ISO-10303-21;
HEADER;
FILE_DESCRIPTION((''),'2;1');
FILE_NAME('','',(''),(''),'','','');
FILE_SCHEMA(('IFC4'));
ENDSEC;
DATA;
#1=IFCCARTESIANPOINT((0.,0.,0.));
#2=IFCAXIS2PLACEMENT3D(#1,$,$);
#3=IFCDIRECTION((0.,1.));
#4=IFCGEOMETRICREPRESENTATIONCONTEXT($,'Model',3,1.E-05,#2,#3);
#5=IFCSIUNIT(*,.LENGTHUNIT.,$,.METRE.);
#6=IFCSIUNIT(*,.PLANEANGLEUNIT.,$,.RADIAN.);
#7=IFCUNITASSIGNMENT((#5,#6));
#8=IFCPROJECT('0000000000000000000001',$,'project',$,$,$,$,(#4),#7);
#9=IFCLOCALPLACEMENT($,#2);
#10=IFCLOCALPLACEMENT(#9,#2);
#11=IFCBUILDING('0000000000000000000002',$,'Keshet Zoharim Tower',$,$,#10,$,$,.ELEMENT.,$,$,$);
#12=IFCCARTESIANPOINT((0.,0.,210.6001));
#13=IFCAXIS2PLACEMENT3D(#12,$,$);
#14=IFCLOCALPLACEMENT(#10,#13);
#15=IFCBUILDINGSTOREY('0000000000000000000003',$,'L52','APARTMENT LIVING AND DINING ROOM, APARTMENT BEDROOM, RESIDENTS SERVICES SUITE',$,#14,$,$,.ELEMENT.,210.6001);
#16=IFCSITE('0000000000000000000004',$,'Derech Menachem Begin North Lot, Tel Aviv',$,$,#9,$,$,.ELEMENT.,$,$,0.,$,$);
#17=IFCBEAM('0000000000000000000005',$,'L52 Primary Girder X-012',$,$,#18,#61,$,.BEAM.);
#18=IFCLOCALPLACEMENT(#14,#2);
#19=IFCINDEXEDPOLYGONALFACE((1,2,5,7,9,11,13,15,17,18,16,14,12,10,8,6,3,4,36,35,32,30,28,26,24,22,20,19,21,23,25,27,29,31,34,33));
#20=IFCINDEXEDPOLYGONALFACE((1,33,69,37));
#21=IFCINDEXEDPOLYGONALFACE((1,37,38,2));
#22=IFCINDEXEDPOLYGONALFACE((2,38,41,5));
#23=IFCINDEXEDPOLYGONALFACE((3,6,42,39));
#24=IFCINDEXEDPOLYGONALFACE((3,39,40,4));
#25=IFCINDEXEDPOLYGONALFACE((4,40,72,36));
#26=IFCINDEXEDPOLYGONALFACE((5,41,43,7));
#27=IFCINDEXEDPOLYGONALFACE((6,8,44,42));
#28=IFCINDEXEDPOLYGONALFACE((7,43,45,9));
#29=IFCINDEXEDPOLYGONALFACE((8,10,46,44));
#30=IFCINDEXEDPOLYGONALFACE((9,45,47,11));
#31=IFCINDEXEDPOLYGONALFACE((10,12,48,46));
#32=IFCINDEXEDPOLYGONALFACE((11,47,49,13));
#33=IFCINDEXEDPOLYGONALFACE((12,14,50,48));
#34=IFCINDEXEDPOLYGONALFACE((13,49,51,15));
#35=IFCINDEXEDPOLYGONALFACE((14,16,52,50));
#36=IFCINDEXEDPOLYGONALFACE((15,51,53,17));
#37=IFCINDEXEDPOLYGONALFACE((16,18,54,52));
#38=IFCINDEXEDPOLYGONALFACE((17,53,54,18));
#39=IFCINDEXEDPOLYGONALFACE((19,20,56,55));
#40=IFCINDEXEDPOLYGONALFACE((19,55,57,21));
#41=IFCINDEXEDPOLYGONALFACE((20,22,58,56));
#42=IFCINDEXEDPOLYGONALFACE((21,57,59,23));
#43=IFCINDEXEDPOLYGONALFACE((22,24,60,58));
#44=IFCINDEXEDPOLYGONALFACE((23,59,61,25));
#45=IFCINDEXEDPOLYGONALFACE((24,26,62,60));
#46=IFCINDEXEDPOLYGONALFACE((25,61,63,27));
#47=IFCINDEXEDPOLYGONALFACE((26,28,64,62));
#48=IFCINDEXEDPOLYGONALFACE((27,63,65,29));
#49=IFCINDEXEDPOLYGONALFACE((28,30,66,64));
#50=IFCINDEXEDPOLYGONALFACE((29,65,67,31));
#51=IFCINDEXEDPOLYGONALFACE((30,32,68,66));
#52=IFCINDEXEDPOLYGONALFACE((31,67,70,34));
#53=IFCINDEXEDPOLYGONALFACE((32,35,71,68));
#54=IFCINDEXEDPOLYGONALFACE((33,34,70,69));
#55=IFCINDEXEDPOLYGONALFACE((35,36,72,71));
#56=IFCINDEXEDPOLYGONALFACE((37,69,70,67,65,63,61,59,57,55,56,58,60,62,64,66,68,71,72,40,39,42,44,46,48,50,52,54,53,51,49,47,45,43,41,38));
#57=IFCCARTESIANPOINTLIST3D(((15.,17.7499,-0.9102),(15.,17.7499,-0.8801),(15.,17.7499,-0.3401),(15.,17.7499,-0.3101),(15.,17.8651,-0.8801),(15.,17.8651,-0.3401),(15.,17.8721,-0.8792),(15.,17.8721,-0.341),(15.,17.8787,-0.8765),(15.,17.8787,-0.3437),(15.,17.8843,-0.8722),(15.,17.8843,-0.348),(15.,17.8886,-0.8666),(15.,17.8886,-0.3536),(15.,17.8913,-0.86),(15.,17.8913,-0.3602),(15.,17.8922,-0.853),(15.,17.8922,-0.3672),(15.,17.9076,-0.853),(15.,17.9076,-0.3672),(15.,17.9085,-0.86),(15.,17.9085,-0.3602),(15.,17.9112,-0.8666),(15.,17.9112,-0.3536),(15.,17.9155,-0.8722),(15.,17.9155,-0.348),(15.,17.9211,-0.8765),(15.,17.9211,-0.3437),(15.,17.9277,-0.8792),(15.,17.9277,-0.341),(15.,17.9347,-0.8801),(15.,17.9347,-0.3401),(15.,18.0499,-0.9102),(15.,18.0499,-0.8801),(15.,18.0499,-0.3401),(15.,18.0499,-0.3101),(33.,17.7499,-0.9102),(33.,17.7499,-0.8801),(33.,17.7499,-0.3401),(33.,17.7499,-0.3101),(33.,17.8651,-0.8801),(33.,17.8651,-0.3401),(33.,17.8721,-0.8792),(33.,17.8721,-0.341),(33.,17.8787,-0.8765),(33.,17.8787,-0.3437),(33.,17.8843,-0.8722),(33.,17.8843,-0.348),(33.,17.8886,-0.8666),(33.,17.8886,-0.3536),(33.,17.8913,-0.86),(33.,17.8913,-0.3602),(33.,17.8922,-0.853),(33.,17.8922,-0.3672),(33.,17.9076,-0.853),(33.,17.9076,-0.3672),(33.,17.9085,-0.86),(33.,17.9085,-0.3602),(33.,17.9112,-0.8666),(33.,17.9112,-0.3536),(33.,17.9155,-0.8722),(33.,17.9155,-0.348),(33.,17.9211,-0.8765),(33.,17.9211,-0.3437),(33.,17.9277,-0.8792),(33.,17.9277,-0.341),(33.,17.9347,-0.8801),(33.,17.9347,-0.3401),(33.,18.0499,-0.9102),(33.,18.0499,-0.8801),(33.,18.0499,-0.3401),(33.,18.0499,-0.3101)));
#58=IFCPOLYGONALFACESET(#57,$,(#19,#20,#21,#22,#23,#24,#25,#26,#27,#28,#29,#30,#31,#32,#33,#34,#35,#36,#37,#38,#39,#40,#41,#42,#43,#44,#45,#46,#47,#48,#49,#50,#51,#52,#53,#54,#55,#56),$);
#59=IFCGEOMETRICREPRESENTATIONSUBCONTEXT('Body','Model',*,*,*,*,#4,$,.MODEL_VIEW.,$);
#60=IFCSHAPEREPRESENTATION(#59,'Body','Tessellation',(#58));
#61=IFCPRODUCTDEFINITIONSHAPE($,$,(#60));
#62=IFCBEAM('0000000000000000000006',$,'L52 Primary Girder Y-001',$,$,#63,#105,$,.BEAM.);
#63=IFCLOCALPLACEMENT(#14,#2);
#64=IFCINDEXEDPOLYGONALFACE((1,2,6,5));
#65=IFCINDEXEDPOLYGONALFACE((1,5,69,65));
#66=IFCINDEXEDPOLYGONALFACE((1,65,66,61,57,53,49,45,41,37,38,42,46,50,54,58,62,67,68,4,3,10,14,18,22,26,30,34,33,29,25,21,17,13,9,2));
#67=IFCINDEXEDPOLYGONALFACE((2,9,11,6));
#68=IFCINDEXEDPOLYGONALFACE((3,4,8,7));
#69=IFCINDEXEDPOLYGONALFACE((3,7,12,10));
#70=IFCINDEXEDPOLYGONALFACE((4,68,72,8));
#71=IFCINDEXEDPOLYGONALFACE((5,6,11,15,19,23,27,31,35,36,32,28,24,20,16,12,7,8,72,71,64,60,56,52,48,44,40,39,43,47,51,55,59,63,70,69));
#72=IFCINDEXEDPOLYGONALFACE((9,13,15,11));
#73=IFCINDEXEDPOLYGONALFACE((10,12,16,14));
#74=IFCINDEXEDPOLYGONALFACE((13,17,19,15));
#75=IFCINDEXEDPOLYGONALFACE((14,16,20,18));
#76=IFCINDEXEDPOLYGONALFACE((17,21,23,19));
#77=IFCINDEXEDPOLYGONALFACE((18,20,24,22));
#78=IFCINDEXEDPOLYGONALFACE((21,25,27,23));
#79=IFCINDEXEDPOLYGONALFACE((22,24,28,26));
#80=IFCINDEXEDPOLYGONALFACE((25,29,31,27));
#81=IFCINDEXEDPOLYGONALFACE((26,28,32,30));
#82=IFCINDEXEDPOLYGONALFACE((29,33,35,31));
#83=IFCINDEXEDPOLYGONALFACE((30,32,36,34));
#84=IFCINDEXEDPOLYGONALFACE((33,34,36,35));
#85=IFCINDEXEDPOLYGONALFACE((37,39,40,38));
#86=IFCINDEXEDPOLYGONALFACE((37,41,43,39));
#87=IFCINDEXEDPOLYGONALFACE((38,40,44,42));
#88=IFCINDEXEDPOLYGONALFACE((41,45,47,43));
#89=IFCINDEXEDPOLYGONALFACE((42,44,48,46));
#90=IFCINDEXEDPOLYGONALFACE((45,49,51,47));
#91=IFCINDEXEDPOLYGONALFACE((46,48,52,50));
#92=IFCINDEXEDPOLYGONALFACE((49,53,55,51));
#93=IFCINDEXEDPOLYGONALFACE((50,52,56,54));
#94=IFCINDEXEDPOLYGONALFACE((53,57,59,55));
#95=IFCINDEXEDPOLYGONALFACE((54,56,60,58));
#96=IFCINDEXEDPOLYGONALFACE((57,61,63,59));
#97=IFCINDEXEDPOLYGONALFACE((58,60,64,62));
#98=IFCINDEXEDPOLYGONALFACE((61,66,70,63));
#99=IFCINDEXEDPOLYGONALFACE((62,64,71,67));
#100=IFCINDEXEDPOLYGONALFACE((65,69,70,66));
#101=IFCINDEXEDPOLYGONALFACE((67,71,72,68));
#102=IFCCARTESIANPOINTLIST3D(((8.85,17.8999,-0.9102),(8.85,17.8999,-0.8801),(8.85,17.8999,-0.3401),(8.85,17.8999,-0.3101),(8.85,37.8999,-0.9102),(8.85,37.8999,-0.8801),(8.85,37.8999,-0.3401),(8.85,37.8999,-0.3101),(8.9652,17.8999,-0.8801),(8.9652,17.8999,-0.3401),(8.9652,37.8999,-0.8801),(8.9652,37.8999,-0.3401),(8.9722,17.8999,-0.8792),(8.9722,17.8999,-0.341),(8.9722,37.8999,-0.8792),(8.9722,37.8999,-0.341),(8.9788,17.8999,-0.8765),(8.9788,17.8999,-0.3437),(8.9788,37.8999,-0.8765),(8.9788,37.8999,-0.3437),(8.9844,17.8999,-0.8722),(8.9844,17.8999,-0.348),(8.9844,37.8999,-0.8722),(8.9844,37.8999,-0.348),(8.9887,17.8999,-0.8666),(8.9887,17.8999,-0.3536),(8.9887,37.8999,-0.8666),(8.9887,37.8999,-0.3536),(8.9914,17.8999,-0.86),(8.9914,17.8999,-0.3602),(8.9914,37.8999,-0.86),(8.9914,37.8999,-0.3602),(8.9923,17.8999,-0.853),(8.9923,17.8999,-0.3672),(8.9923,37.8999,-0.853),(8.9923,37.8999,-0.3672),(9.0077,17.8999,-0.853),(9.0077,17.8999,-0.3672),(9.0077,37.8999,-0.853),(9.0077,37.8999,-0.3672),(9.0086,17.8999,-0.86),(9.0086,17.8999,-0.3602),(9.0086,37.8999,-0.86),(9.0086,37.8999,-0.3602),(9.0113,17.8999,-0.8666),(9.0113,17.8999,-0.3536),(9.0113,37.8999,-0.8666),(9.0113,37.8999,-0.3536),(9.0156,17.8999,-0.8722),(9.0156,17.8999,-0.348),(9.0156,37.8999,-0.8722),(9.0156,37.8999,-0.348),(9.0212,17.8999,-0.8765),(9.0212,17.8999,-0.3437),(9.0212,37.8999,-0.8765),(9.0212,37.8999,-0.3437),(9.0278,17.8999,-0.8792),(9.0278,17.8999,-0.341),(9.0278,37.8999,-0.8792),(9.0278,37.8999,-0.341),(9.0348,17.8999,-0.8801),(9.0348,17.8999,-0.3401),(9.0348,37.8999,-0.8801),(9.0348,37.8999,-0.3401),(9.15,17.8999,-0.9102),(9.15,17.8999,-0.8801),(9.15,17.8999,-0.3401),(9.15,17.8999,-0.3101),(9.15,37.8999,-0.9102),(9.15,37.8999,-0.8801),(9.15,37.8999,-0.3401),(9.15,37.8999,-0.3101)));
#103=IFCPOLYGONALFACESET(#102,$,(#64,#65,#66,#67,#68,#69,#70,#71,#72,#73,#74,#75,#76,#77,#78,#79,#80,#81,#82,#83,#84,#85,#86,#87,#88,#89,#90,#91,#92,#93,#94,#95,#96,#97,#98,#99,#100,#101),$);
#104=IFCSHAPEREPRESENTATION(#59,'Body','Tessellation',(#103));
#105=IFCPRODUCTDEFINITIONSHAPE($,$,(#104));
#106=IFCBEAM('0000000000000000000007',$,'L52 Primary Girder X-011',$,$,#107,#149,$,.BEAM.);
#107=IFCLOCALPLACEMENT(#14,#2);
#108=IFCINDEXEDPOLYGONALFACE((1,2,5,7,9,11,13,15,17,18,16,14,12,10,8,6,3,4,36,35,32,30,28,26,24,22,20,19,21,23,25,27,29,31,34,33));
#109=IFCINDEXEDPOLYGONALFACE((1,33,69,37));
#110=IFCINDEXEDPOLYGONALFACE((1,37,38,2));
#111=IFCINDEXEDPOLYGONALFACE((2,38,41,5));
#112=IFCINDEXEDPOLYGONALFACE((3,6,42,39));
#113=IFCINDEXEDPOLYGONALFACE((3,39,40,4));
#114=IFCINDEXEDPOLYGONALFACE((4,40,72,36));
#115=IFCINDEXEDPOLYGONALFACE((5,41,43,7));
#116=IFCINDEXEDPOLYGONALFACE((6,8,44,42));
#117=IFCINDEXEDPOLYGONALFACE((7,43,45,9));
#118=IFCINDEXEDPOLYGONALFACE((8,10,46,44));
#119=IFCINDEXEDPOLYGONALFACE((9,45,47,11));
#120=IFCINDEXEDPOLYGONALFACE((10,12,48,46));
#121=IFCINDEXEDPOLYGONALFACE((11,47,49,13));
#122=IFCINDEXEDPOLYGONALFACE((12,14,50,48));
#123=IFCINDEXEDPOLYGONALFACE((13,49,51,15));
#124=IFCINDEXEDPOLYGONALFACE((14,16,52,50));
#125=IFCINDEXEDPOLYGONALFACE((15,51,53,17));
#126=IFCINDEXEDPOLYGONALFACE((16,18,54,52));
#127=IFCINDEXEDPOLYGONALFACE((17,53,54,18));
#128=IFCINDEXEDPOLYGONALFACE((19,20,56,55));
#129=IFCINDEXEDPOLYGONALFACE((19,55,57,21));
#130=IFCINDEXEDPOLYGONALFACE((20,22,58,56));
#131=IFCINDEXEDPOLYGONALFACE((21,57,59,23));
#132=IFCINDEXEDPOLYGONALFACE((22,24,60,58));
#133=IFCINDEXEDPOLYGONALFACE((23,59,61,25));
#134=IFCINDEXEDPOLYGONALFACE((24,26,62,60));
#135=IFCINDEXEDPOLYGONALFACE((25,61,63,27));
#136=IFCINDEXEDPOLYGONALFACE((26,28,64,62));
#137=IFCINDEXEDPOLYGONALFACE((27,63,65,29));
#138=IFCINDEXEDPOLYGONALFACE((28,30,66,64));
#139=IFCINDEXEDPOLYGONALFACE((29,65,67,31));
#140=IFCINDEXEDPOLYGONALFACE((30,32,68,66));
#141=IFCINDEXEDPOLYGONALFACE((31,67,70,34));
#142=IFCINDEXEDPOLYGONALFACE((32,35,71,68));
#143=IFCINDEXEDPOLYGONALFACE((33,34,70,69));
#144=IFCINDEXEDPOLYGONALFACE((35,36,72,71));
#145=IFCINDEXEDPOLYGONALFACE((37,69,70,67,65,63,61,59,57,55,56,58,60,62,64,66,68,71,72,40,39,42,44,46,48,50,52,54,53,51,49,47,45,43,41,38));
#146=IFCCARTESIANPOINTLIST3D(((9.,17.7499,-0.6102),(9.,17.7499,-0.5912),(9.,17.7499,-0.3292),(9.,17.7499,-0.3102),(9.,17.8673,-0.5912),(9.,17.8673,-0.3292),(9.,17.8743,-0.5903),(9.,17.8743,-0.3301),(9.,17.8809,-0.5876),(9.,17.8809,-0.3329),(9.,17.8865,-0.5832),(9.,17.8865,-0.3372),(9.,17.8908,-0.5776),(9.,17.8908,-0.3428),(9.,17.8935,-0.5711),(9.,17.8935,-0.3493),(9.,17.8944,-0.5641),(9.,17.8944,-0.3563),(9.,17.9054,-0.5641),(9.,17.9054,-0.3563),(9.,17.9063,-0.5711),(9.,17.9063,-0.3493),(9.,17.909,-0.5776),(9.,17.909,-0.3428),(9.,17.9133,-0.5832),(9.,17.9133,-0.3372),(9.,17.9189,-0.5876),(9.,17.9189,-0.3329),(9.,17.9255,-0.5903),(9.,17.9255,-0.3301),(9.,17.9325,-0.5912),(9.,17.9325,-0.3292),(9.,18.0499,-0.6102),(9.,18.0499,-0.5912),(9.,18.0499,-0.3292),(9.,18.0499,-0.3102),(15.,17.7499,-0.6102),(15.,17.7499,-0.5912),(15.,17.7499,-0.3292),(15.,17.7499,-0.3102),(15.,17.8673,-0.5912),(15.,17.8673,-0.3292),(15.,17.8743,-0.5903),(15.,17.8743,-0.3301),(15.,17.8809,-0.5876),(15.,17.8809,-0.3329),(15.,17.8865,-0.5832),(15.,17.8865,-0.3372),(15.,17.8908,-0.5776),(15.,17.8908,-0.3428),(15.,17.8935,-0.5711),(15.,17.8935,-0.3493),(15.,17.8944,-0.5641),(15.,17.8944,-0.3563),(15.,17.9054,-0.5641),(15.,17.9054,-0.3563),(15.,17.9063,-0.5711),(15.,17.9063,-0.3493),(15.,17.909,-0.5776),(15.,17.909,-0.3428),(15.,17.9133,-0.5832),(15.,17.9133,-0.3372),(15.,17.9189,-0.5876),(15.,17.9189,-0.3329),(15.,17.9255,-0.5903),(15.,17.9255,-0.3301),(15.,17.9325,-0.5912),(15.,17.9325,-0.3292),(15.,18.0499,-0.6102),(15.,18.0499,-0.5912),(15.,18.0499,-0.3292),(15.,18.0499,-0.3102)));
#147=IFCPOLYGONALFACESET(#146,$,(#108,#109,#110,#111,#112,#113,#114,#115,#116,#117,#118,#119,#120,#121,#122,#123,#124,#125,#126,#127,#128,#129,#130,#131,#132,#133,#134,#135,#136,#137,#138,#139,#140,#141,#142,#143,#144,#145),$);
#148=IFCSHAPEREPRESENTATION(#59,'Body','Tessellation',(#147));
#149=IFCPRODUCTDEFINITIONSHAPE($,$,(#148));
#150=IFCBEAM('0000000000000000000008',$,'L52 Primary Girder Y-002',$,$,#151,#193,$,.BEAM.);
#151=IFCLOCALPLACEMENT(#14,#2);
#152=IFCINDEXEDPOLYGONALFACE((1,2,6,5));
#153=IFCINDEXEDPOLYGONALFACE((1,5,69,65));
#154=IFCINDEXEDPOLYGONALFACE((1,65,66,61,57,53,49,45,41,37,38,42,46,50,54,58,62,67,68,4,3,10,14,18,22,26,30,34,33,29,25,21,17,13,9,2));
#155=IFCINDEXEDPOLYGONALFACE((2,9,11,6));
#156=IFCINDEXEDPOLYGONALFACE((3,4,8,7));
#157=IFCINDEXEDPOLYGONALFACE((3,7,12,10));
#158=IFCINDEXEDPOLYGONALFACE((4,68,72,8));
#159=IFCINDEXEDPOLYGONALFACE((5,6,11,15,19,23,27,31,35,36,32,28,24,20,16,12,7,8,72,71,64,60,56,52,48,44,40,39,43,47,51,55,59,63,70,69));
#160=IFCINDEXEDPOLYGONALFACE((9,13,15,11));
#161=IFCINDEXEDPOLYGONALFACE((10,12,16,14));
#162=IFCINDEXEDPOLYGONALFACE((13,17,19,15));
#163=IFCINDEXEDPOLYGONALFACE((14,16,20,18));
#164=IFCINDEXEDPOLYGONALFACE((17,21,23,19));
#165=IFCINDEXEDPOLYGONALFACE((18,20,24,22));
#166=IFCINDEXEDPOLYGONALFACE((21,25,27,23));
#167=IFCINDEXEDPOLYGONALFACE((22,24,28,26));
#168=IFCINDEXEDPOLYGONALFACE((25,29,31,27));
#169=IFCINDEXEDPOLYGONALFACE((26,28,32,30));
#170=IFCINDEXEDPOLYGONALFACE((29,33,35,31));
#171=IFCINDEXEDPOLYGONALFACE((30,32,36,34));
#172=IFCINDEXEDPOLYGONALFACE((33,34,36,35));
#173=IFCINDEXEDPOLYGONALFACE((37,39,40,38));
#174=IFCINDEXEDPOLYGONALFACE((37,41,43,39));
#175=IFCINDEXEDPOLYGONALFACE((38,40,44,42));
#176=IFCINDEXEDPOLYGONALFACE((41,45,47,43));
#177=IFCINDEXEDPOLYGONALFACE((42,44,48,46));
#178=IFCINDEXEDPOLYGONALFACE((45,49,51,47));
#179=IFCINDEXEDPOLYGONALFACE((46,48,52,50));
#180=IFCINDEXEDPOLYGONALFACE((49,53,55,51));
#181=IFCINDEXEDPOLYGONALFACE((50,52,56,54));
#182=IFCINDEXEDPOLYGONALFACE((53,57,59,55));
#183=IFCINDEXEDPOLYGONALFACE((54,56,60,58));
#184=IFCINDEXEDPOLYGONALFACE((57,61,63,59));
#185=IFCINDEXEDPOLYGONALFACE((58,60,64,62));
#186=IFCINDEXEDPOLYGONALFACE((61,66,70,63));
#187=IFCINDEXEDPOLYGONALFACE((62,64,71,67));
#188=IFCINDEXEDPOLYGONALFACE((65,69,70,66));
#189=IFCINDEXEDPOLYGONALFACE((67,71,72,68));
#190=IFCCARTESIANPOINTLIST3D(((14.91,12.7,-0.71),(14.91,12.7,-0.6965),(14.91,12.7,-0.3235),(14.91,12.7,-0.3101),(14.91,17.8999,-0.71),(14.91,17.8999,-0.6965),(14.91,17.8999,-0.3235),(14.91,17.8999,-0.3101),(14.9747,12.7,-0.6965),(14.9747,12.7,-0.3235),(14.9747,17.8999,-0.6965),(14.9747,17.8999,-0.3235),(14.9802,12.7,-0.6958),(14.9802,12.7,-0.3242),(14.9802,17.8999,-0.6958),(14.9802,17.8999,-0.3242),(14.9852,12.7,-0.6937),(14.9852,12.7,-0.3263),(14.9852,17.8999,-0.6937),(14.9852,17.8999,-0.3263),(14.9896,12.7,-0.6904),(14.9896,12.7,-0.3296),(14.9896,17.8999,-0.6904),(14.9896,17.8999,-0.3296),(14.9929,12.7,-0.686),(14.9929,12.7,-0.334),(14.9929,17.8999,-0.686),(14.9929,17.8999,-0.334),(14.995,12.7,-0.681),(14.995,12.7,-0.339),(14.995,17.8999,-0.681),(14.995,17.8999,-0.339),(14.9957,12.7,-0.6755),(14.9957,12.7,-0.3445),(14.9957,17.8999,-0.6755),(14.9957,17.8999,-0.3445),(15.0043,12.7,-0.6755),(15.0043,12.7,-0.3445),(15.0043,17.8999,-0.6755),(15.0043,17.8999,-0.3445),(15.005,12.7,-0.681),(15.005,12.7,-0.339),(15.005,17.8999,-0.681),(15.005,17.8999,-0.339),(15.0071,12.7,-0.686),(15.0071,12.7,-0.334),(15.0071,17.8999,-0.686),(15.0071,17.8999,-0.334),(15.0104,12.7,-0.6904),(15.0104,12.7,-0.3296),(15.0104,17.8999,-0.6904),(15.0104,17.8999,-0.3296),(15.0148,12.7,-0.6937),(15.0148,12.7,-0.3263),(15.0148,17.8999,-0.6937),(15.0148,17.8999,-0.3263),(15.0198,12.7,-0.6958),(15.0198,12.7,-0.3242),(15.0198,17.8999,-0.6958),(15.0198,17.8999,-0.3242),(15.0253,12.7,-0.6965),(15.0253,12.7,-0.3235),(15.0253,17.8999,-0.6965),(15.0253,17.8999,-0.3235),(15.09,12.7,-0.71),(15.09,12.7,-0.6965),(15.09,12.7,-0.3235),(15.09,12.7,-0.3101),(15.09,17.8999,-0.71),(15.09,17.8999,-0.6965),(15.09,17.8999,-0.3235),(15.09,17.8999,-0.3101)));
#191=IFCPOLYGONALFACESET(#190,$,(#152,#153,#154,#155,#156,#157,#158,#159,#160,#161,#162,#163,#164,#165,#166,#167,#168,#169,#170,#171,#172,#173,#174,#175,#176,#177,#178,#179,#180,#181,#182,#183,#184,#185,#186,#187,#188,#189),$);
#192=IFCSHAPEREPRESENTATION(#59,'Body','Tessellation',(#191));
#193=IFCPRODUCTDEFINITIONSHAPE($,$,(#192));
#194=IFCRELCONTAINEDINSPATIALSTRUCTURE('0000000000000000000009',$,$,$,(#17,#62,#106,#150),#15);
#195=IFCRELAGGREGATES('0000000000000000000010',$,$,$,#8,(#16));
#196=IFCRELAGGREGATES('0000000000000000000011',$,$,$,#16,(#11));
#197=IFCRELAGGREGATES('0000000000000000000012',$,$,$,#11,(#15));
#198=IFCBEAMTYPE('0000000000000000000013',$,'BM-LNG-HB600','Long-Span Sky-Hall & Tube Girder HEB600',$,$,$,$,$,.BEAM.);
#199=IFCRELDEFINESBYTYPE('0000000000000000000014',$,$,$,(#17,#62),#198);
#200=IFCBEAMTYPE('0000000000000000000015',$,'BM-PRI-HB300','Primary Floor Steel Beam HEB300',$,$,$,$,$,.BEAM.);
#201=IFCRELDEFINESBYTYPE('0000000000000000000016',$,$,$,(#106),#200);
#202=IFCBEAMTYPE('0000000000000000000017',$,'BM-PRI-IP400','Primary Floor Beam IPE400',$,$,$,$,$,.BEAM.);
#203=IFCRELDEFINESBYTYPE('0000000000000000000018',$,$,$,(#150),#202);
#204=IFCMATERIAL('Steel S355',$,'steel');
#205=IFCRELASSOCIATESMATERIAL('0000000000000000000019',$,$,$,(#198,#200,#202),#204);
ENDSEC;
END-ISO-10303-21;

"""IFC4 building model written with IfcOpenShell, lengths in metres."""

from ifc_helpers import new_model, si_unit, direction, frame, origin, origin_2d, place, context, subcontext, project, spatial, i_section, extrude, material, material_profile, profile_set, type_object, element, save


model = new_model("IFC4")

# Units and contexts
model_context = context("Model", 3, precision=1e-05, world=origin(), true_north=direction((0.0, 1.0)))
body_context = subcontext(model_context, "Body", "Model", "MODEL_VIEW")
ifc_project = project(units=[si_unit("LENGTHUNIT", "METRE"), si_unit("PLANEANGLEUNIT", "RADIAN")], contexts=[model_context])

# Site, building, storey
site_placement = place(None, origin())
site = spatial("IfcSite", under=ifc_project, at=site_placement, Name="Derech Menachem Begin North Lot, Tel Aviv", CompositionType="ELEMENT", RefElevation=0.0)
building_placement = place(site_placement, origin())
building = spatial("IfcBuilding", under=site, at=building_placement, Name="Keshet Zoharim Tower", CompositionType="ELEMENT")
storey_placement = place(building_placement, frame((0.0, 0.0, 210.6001)))
storey = spatial("IfcBuildingStorey", under=building, at=storey_placement, Name="L52", Description="APARTMENT LIVING AND DINING ROOM, APARTMENT BEDROOM, RESIDENTS SERVICES SUITE", CompositionType="ELEMENT", Elevation=210.6001)

# Shared definitions
ifc_material_1 = material(Name="Steel S355", Category="steel")

# Beams
ifc_material_profile_1 = material_profile(ifc_material_1, i_section(OverallWidth=0.3, OverallDepth=0.6001, WebThickness=0.0154, FlangeThickness=0.03, FilletRadius=0.0271, at=origin_2d()), Name="HEB600")
ifc_profile_set_1 = profile_set([ifc_material_profile_1], Name="Steel S355")
beam_type_1 = type_object("IfcBeamType", Name="BM-LNG-HB600", Description="Long-Span Sky-Hall & Tube Girder HEB600", PredefinedType="BEAM", material=ifc_profile_set_1)
for number, where, z_axis, x_axis, name in (
    (1, (15.0, 17.8999, -0.6101), (1.0, 0.0, 0.0), (0.0, 1.0, 0.0), "L52 Primary Girder X-012"),
):
    element("IfcBeam", number, at=place(storey_placement, frame(where, z_axis=z_axis, x_axis=x_axis)), inside=storey, type_object=beam_type_1, Name=name, PredefinedType="BEAM", context=body_context, shape_type="SweptSolid", body=[
        extrude(i_section(OverallWidth=0.3, OverallDepth=0.6001, WebThickness=0.0154, FlangeThickness=0.03, FilletRadius=0.0271, at=origin_2d()), origin(), (0.0, 0.0, 1.0), 18.0),
    ])
beam_1_placement = place(storey_placement, frame((9.0, 17.8999, -0.6101), z_axis=(0.0, 1.0, 0.0), x_axis=(-1.0, 0.0, 0.0)))
element("IfcBeam", 2, at=beam_1_placement, inside=storey, type_object=beam_type_1, Name="L52 Primary Girder Y-001", PredefinedType="BEAM", context=body_context, shape_type="SweptSolid", body=[
    extrude(i_section(OverallWidth=0.3, OverallDepth=0.6001, WebThickness=0.0154, FlangeThickness=0.03, FilletRadius=0.0271, at=origin_2d()), origin(), (0.0, 0.0, 1.0), 20.0),
])
ifc_material_profile_2 = material_profile(ifc_material_1, i_section(OverallWidth=0.3, OverallDepth=0.3, WebThickness=0.011, FlangeThickness=0.019, FilletRadius=0.0271, at=origin_2d()), Name="HEB300")
ifc_profile_set_2 = profile_set([ifc_material_profile_2], Name="Steel S355")
beam_type_2 = type_object("IfcBeamType", Name="BM-PRI-HB300", Description="Primary Floor Steel Beam HEB300", PredefinedType="BEAM", material=ifc_profile_set_2)
beam_2_placement = place(storey_placement, frame((9.0, 17.8999, -0.4602), z_axis=(1.0, 0.0, 0.0), x_axis=(0.0, 1.0, 0.0)))
element("IfcBeam", 3, at=beam_2_placement, inside=storey, type_object=beam_type_2, Name="L52 Primary Girder X-011", PredefinedType="BEAM", context=body_context, shape_type="SweptSolid", body=[
    extrude(i_section(OverallWidth=0.3, OverallDepth=0.3, WebThickness=0.011, FlangeThickness=0.019, FilletRadius=0.0271, at=origin_2d()), origin(), (0.0, 0.0, 1.0), 6.0),
])
ifc_material_profile_3 = material_profile(ifc_material_1, i_section(OverallWidth=0.1799, OverallDepth=0.3999, WebThickness=0.0085, FlangeThickness=0.0134, FilletRadius=0.021, at=origin_2d()), Name="IPE400")
ifc_profile_set_3 = profile_set([ifc_material_profile_3], Name="Steel S355")
beam_type_3 = type_object("IfcBeamType", Name="BM-PRI-IP400", Description="Primary Floor Beam IPE400", PredefinedType="BEAM", material=ifc_profile_set_3)
beam_3_placement = place(storey_placement, frame((15.0, 12.7, -0.51), z_axis=(0.0, 1.0, 0.0), x_axis=(-1.0, 0.0, 0.0)))
element("IfcBeam", 4, at=beam_3_placement, inside=storey, type_object=beam_type_3, Name="L52 Primary Girder Y-002", PredefinedType="BEAM", context=body_context, shape_type="SweptSolid", body=[
    extrude(i_section(OverallWidth=0.1799, OverallDepth=0.3999, WebThickness=0.0085, FlangeThickness=0.0134, FilletRadius=0.021, at=origin_2d()), origin(), (0.0, 0.0, 1.0), 5.2),
])

save(model, "model.ifc")
